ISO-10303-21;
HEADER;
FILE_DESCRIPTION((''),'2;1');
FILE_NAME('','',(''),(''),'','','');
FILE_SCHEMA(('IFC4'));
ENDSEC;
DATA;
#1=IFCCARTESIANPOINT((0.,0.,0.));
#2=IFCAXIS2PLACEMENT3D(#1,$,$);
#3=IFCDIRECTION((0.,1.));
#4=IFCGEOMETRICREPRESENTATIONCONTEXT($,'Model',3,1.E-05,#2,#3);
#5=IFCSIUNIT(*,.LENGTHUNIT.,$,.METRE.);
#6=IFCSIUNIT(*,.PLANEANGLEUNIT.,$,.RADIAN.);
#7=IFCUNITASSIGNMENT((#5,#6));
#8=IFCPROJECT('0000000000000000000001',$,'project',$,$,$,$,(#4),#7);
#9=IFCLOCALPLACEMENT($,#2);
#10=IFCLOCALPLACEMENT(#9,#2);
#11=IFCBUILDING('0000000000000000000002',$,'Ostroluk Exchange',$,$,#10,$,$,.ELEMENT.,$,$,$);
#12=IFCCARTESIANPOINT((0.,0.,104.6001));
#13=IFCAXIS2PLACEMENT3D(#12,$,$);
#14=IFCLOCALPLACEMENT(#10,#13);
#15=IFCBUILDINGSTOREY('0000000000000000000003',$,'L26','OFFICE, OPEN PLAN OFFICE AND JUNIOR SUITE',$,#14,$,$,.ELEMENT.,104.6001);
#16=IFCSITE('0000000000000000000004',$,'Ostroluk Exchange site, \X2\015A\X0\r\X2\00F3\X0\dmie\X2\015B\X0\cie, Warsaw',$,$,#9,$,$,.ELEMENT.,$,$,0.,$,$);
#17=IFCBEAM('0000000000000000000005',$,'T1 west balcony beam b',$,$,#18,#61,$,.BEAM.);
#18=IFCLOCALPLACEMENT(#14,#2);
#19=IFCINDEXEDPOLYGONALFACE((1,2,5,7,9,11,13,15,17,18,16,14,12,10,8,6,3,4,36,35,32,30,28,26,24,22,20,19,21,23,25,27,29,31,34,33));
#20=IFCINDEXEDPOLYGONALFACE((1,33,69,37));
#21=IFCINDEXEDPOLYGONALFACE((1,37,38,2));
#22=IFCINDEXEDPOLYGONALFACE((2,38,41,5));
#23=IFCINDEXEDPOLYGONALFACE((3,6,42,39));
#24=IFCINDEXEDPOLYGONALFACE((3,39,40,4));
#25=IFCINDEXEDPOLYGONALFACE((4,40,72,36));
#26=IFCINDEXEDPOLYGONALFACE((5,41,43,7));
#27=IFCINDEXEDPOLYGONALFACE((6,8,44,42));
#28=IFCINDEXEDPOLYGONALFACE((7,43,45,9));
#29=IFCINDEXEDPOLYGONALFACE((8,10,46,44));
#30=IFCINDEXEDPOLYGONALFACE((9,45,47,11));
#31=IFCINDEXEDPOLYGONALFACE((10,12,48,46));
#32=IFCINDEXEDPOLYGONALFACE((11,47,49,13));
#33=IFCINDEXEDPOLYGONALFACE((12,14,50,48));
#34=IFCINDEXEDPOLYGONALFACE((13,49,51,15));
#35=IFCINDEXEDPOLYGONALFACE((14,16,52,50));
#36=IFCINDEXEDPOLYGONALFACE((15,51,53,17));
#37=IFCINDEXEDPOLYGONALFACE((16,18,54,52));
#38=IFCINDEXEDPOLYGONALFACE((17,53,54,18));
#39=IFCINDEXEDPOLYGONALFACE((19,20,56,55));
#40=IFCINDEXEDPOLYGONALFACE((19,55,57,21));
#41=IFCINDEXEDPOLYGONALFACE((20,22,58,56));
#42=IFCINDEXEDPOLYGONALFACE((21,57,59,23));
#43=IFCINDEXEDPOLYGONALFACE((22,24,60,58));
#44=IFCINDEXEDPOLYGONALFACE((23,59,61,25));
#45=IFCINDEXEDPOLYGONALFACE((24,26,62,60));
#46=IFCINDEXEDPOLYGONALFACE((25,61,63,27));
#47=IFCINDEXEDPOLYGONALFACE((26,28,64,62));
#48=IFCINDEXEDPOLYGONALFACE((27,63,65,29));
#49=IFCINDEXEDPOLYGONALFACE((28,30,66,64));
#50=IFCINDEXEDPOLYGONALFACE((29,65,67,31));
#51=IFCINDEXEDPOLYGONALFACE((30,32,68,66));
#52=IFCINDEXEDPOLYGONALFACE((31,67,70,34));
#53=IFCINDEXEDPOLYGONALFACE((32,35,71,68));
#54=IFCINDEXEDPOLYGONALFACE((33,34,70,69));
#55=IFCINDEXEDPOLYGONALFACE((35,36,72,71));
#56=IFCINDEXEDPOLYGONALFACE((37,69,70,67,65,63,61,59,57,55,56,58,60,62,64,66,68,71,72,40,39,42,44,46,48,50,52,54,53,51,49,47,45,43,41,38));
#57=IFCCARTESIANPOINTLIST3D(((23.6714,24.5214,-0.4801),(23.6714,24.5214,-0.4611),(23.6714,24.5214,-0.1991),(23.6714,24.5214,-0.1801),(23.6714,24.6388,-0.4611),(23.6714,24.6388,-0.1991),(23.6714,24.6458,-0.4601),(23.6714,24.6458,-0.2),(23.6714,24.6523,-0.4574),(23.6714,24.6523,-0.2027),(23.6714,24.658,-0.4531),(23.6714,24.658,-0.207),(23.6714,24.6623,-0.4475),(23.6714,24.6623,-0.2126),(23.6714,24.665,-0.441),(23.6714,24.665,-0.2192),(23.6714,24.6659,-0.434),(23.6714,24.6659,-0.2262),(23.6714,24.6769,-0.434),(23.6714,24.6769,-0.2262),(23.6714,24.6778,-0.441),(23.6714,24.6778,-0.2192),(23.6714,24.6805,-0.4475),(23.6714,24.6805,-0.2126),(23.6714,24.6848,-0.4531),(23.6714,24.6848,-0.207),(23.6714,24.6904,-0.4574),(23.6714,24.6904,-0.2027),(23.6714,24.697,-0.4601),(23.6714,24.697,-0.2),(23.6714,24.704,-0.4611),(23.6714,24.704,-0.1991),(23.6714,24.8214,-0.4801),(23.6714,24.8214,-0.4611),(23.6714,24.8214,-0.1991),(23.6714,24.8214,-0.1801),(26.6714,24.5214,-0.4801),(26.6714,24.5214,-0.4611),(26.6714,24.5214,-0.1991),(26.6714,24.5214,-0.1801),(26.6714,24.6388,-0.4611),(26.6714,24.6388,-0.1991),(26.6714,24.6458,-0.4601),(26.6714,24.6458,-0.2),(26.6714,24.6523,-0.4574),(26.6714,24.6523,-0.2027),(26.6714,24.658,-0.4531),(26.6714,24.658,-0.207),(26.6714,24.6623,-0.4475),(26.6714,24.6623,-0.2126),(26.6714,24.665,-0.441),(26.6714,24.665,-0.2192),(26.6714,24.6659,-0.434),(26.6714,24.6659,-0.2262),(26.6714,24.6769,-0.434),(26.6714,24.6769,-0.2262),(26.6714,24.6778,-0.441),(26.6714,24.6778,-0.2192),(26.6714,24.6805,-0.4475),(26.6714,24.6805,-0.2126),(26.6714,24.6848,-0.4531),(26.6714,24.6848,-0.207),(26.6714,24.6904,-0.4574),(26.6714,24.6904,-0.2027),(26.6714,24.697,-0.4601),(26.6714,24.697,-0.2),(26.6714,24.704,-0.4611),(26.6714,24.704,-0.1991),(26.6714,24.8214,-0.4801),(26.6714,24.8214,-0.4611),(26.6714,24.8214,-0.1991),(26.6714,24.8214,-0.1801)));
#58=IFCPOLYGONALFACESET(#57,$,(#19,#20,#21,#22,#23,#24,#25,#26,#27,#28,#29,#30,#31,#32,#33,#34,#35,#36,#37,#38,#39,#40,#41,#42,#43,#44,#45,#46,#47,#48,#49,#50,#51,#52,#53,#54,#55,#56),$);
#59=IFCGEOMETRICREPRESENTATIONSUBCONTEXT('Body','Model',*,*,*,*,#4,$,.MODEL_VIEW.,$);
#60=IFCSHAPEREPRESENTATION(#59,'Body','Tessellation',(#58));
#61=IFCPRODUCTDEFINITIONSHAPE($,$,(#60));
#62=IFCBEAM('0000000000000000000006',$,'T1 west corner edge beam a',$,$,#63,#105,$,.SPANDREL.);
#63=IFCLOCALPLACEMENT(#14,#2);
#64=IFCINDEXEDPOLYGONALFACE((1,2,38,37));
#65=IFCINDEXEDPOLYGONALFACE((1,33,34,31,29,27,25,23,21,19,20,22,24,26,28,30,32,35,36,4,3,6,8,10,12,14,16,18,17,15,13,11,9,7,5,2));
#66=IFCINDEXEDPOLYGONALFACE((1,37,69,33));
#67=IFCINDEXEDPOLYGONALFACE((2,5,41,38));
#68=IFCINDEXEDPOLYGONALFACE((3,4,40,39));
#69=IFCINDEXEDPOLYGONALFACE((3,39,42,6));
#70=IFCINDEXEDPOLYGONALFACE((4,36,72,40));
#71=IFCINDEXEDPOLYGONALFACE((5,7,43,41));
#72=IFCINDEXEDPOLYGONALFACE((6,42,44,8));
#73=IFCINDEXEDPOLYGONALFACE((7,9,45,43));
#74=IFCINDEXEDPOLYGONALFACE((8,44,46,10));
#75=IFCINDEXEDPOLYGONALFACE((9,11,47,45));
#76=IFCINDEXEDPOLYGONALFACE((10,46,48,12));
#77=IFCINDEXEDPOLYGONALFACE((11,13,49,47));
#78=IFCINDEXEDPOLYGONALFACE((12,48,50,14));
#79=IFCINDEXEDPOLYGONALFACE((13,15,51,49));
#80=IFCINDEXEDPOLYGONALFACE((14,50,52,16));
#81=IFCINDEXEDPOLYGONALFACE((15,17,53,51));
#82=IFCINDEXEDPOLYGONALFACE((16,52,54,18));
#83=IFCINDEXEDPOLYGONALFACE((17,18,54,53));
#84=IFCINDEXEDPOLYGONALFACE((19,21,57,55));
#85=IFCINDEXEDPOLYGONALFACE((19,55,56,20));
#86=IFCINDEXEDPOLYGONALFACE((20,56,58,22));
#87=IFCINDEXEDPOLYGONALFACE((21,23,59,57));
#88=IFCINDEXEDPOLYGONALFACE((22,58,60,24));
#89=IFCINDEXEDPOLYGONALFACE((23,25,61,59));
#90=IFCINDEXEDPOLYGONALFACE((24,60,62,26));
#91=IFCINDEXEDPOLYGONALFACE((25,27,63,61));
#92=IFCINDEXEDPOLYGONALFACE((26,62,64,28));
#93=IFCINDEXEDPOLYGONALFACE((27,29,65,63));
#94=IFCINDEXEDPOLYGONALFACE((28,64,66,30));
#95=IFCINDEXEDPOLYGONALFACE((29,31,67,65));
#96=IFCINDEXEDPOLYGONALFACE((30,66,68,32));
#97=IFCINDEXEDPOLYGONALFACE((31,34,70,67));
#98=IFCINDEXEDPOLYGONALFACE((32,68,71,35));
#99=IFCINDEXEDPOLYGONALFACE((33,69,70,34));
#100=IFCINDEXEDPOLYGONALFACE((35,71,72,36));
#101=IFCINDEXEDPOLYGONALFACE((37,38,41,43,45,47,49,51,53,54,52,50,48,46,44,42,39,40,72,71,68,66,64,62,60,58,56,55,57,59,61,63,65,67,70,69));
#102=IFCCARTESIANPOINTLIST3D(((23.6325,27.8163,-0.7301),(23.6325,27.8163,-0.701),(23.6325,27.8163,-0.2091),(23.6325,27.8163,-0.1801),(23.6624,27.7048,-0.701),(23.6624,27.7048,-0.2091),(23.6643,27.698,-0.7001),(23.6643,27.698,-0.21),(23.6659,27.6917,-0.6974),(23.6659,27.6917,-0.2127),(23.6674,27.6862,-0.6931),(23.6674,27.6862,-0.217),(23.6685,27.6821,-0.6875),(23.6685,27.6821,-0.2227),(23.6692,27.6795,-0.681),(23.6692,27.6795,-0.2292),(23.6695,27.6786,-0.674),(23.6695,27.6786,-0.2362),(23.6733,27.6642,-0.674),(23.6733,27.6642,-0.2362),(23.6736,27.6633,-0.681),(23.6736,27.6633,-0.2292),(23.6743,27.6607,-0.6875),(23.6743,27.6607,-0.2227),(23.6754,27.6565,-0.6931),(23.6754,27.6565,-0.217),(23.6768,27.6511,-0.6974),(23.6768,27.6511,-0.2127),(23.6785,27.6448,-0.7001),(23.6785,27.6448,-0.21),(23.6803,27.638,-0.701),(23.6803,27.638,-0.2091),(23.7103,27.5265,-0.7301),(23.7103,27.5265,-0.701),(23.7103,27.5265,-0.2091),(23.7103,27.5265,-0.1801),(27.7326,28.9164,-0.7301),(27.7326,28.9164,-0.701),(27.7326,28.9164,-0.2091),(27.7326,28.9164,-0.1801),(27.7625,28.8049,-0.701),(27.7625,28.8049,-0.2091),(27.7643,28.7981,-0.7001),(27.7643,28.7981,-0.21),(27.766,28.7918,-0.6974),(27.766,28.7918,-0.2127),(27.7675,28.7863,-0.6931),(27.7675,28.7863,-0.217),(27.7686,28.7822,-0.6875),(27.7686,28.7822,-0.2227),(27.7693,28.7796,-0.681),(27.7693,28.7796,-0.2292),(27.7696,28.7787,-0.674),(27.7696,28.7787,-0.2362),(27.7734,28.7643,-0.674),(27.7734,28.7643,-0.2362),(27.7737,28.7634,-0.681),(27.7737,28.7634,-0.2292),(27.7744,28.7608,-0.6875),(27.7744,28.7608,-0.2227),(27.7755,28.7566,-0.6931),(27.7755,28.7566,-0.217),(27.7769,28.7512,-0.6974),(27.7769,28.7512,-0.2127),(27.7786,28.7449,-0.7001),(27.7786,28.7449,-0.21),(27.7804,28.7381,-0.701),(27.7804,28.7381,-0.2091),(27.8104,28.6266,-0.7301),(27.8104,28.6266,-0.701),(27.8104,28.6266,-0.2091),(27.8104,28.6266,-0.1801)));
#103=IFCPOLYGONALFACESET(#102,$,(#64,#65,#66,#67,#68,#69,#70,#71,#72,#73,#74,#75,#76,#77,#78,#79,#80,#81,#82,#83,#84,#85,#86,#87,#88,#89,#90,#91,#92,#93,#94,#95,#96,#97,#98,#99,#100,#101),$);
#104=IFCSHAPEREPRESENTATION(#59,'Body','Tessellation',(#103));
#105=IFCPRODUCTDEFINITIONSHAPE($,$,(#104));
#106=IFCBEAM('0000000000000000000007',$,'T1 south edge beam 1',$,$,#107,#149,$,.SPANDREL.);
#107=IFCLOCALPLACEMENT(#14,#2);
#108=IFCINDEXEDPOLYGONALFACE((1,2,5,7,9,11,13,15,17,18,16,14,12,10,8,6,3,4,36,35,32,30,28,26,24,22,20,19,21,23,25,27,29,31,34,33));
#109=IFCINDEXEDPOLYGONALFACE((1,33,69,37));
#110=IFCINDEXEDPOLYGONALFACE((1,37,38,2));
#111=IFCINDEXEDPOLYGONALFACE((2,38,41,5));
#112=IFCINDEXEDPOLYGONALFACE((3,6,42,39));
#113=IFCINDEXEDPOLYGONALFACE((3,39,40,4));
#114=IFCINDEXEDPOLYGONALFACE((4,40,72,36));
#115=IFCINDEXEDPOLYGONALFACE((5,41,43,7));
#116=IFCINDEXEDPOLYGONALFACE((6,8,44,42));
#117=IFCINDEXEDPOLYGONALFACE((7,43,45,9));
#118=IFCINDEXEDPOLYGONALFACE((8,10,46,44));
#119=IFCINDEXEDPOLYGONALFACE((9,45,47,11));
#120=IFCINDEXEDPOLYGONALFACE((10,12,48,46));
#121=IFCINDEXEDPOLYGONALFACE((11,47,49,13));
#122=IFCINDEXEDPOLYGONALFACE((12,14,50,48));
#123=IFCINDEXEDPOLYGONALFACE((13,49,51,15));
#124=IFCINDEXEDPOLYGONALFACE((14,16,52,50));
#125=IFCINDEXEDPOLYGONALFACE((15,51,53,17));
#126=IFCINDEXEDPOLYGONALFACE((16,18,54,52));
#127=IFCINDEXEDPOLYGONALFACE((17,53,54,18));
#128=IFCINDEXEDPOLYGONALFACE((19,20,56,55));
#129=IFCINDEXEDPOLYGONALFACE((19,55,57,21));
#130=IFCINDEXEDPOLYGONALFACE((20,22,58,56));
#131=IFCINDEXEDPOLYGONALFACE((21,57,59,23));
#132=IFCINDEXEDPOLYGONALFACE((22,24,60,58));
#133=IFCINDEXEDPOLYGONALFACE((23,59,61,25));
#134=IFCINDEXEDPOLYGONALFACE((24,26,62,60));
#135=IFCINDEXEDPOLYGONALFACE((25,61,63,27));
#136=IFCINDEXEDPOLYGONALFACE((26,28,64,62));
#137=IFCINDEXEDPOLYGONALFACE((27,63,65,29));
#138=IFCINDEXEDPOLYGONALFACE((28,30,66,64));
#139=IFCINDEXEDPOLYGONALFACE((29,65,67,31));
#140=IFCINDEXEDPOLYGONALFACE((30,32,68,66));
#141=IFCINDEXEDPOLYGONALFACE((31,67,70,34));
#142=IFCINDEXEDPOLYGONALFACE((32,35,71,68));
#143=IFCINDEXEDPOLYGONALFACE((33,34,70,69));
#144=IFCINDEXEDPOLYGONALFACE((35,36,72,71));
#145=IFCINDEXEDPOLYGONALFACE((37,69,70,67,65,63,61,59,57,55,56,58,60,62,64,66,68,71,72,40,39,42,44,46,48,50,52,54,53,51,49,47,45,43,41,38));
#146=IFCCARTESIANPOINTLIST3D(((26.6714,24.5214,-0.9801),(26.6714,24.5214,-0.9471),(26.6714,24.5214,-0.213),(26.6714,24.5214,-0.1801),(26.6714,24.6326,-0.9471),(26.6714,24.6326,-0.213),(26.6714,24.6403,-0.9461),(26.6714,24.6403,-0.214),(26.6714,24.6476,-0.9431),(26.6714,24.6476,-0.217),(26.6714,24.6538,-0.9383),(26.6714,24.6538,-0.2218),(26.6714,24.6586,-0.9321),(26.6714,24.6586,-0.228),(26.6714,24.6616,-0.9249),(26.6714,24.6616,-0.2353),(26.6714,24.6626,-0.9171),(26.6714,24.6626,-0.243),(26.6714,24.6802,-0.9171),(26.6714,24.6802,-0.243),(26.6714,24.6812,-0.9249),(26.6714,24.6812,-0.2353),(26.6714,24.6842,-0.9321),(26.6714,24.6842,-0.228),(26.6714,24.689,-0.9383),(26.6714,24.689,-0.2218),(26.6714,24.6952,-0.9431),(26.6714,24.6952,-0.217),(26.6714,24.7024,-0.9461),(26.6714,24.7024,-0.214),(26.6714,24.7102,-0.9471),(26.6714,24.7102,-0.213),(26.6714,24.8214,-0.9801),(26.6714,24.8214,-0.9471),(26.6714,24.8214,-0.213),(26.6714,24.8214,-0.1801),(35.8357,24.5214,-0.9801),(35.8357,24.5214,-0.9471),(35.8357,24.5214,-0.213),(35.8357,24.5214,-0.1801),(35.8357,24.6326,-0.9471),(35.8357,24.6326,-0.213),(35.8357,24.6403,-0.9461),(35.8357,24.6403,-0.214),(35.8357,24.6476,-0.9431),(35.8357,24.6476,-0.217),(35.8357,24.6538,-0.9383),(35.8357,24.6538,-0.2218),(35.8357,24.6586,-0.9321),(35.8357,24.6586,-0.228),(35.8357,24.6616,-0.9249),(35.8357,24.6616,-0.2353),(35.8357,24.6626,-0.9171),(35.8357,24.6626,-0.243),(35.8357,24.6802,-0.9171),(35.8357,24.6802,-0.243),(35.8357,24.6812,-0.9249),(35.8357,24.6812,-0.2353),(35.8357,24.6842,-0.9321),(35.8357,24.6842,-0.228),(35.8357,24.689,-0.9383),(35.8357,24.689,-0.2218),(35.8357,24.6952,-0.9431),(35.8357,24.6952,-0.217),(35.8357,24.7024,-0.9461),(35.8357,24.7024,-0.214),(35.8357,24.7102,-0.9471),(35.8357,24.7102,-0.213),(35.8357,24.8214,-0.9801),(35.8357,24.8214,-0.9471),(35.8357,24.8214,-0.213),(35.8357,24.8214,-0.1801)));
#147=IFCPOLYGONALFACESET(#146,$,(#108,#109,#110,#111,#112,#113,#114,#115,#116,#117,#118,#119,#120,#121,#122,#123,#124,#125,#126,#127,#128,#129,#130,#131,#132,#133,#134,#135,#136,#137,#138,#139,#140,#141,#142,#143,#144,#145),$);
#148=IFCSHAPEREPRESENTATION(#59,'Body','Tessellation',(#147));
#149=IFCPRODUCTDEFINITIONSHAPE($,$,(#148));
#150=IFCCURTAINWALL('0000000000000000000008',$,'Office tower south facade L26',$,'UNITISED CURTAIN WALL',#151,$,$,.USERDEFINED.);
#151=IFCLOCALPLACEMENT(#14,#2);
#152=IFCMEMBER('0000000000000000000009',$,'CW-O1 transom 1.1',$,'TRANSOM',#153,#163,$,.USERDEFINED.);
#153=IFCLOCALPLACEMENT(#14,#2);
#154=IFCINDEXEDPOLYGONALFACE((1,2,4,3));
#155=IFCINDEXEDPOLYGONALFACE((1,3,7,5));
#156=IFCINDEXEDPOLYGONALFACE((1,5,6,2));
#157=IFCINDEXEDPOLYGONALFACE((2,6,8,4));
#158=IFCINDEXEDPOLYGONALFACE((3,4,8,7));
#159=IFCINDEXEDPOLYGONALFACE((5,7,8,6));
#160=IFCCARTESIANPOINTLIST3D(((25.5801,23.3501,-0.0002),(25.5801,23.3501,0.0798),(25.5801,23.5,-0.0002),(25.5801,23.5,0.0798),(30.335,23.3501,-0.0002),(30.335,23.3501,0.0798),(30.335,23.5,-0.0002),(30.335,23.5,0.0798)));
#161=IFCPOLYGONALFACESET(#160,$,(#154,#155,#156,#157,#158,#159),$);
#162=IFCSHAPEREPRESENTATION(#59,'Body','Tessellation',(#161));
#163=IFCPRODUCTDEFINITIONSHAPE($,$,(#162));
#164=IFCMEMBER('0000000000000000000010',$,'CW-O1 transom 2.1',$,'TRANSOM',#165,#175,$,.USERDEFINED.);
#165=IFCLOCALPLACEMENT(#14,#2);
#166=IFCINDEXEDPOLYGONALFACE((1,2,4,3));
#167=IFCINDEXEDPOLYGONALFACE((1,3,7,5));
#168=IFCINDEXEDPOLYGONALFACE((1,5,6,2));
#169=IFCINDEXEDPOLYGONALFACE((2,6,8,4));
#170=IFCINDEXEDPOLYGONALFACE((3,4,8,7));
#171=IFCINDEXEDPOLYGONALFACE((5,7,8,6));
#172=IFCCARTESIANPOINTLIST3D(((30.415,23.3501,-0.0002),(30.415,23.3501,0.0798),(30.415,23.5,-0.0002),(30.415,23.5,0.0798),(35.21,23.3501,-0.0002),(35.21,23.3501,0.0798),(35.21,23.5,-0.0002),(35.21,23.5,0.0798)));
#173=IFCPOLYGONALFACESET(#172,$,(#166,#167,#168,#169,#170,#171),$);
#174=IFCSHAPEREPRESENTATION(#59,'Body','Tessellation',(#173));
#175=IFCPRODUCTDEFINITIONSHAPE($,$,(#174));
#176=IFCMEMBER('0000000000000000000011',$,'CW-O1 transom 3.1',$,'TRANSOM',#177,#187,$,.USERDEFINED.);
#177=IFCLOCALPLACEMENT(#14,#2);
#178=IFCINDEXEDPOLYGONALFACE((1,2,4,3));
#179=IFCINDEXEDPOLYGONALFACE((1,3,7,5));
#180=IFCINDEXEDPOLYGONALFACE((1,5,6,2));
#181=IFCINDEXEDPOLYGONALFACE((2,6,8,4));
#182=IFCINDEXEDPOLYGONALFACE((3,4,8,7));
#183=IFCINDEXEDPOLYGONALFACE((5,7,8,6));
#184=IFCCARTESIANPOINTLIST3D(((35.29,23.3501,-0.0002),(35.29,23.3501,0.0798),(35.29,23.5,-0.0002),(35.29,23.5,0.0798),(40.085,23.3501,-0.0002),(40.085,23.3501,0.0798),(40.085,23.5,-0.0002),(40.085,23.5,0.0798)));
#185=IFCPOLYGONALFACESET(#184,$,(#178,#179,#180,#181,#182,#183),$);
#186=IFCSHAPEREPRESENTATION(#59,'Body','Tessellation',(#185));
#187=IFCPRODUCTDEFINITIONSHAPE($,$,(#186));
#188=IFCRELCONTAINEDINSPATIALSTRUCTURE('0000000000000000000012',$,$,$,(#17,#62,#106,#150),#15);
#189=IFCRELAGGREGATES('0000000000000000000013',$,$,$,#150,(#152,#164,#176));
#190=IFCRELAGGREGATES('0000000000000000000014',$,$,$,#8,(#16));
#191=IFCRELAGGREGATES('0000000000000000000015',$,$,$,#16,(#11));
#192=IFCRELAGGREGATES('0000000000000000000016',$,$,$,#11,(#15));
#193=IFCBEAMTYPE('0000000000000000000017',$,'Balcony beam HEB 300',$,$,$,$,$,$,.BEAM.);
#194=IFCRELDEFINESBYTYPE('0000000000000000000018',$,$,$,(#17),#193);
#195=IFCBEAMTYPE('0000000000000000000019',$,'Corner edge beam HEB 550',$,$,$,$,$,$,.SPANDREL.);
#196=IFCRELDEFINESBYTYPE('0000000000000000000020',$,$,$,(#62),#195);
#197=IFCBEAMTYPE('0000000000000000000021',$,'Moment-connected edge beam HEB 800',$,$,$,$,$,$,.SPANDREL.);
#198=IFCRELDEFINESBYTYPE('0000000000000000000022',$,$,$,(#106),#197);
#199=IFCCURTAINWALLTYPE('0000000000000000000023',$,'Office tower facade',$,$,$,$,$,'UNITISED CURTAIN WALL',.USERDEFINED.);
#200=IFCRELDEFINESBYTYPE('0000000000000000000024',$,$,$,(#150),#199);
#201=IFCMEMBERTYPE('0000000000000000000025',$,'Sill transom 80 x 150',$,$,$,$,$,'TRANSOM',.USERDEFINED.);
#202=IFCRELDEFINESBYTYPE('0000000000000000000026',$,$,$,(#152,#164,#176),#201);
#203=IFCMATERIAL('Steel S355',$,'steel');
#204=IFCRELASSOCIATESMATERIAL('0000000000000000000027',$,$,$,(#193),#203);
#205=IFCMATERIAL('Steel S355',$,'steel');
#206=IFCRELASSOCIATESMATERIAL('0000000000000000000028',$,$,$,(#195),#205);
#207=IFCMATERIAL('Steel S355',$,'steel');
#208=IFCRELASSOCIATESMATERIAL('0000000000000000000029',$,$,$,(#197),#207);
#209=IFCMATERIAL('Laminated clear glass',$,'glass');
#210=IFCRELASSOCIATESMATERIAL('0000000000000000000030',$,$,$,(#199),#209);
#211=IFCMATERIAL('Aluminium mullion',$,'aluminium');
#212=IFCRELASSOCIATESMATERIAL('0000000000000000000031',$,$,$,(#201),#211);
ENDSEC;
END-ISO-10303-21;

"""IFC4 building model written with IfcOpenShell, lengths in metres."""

from ifc_helpers import new_model, si_unit, direction, frame, origin, origin_2d, place, context, subcontext, project, spatial, rectangle, i_section, extrude, material, material_profile, profile_set, type_object, element, aggregate, save


model = new_model("IFC4")

# Units and contexts
model_context = context("Model", 3, precision=1e-05, world=origin(), true_north=direction((0.0, 1.0)))
body_context = subcontext(model_context, "Body", "Model", "MODEL_VIEW")
ifc_project = project(units=[si_unit("LENGTHUNIT", "METRE"), si_unit("PLANEANGLEUNIT", "RADIAN")], contexts=[model_context])

# Site, building, storey
site_placement = place(None, origin())
site = spatial("IfcSite", under=ifc_project, at=site_placement, Name="Ostroluk Exchange site, Śródmieście, Warsaw", CompositionType="ELEMENT", RefElevation=0.0)
building_placement = place(site_placement, origin())
building = spatial("IfcBuilding", under=site, at=building_placement, Name="Ostroluk Exchange", CompositionType="ELEMENT")
storey_placement = place(building_placement, frame((0.0, 0.0, 104.6001)))
storey = spatial("IfcBuildingStorey", under=building, at=storey_placement, Name="L26", Description="OFFICE, OPEN PLAN OFFICE AND JUNIOR SUITE", CompositionType="ELEMENT", Elevation=104.6001)

# Beams
ifc_material_1 = material(Name="Steel S355", Category="steel")
ifc_material_profile_1 = material_profile(ifc_material_1, i_section(OverallWidth=0.3, OverallDepth=0.3, WebThickness=0.011, FlangeThickness=0.019, FilletRadius=0.0271, at=origin_2d()), Name="HEB 300")
ifc_profile_set_1 = profile_set([ifc_material_profile_1], Name="Steel S355")
beam_type_1 = type_object("IfcBeamType", Name="Balcony beam HEB 300", PredefinedType="BEAM", material=ifc_profile_set_1)
beam_1_placement = place(storey_placement, frame((26.6714, 24.6714, -0.3301), z_axis=(-1.0, 0.0, 0.0), x_axis=(0.0, -1.0, 0.0)))
element("IfcBeam", 1, at=beam_1_placement, inside=storey, type_object=beam_type_1, Name="T1 west balcony beam b", PredefinedType="BEAM", context=body_context, shape_type="SweptSolid", body=[
    extrude(i_section(OverallWidth=0.3, OverallDepth=0.3, WebThickness=0.011, FlangeThickness=0.019, FilletRadius=0.0271, at=origin_2d()), origin(), (0.0, 0.0, 1.0), 3.0),
])
ifc_material_2 = material(Name="Steel S355", Category="steel")
ifc_material_profile_2 = material_profile(ifc_material_2, i_section(OverallWidth=0.3, OverallDepth=0.55, WebThickness=0.0149, FlangeThickness=0.0291, FilletRadius=0.0271, at=origin_2d()), Name="HEB 550")
ifc_profile_set_2 = profile_set([ifc_material_profile_2], Name="Steel S355")
beam_type_2 = type_object("IfcBeamType", Name="Corner edge beam HEB 550", PredefinedType="SPANDREL", material=ifc_profile_set_2)
beam_2_placement = place(storey_placement, frame((27.7715, 28.7715, -0.4551), z_axis=(-0.965839, -0.259144, 0.0), x_axis=(0.259144, -0.965839, 0.0)))
element("IfcBeam", 2, at=beam_2_placement, inside=storey, type_object=beam_type_2, Name="T1 west corner edge beam a", PredefinedType="SPANDREL", context=body_context, shape_type="SweptSolid", body=[
    extrude(i_section(OverallWidth=0.3, OverallDepth=0.55, WebThickness=0.0149, FlangeThickness=0.0291, FilletRadius=0.0271, at=origin_2d()), origin(), (0.0, 0.0, 1.0), 4.2451),
])
ifc_material_3 = material(Name="Steel S355", Category="steel")
ifc_material_profile_3 = material_profile(ifc_material_3, i_section(OverallWidth=0.3, OverallDepth=0.8, WebThickness=0.0176, FlangeThickness=0.033, FilletRadius=0.03, at=origin_2d()), Name="HEB 800")
ifc_profile_set_3 = profile_set([ifc_material_profile_3], Name="Steel S355")
beam_type_3 = type_object("IfcBeamType", Name="Moment-connected edge beam HEB 800", PredefinedType="SPANDREL", material=ifc_profile_set_3)
beam_3_placement = place(storey_placement, frame((26.6714, 24.6714, -0.5801), z_axis=(1.0, 0.0, 0.0), x_axis=(0.0, 1.0, 0.0)))
element("IfcBeam", 3, at=beam_3_placement, inside=storey, type_object=beam_type_3, Name="T1 south edge beam 1", PredefinedType="SPANDREL", context=body_context, shape_type="SweptSolid", body=[
    extrude(i_section(OverallWidth=0.3, OverallDepth=0.8, WebThickness=0.0176, FlangeThickness=0.033, FilletRadius=0.03, at=origin_2d()), origin(), (0.0, 0.0, 1.0), 9.1643),
])

# Curtain wall, members
ifc_material_4 = material(Name="Laminated clear glass", Category="glass")
curtain_wall_type = type_object("IfcCurtainWallType", Name="Office tower facade", ElementType="UNITISED CURTAIN WALL", PredefinedType="USERDEFINED", material=ifc_material_4)
curtain_wall_placement = place(storey_placement, origin())
curtain_wall = element("IfcCurtainWall", 4, at=curtain_wall_placement, inside=storey, type_object=curtain_wall_type, Name="Office tower south facade L26", ObjectType="UNITISED CURTAIN WALL", PredefinedType="USERDEFINED")
ifc_material_5 = material(Name="Aluminium mullion", Category="aluminium")
ifc_material_profile_4 = material_profile(ifc_material_5, rectangle(XDim=0.1499, YDim=0.0801, at=origin_2d()), Name="Sill transom 80 x 150")
ifc_profile_set_4 = profile_set([ifc_material_profile_4], Name="Aluminium mullion")
member_type_1 = type_object("IfcMemberType", Name="Sill transom 80 x 150", ElementType="TRANSOM", PredefinedType="USERDEFINED", material=ifc_profile_set_4)
member_1_placement = place(storey_placement, frame((25.5801, 23.425, 0.0398), z_axis=(1.0, 0.0, 0.0), x_axis=(0.0, 1.0, 0.0)))
member_1 = element("IfcMember", 5, at=member_1_placement, type_object=member_type_1, Name="CW-O1 transom 1.1", ObjectType="TRANSOM", PredefinedType="USERDEFINED", context=body_context, shape_type="SweptSolid", body=[
    extrude(rectangle(XDim=0.1499, YDim=0.0801, at=origin_2d()), origin(), (0.0, 0.0, 1.0), 4.7549),
])
member_2_placement = place(storey_placement, frame((30.415, 23.425, 0.0398), z_axis=(1.0, 0.0, 0.0), x_axis=(0.0, 1.0, 0.0)))
member_2 = element("IfcMember", 6, at=member_2_placement, type_object=member_type_1, Name="CW-O1 transom 2.1", ObjectType="TRANSOM", PredefinedType="USERDEFINED", context=body_context, shape_type="SweptSolid", body=[
    extrude(rectangle(XDim=0.1499, YDim=0.0801, at=origin_2d()), origin(), (0.0, 0.0, 1.0), 4.7949),
])
member_3_placement = place(storey_placement, frame((35.29, 23.425, 0.0398), z_axis=(1.0, 0.0, 0.0), x_axis=(0.0, 1.0, 0.0)))
member_3 = element("IfcMember", 7, at=member_3_placement, type_object=member_type_1, Name="CW-O1 transom 3.1", ObjectType="TRANSOM", PredefinedType="USERDEFINED", context=body_context, shape_type="SweptSolid", body=[
    extrude(rectangle(XDim=0.1499, YDim=0.0801, at=origin_2d()), origin(), (0.0, 0.0, 1.0), 4.7949),
])
aggregate(curtain_wall, [member_1, member_2, member_3])

save(model, "model.ifc")
